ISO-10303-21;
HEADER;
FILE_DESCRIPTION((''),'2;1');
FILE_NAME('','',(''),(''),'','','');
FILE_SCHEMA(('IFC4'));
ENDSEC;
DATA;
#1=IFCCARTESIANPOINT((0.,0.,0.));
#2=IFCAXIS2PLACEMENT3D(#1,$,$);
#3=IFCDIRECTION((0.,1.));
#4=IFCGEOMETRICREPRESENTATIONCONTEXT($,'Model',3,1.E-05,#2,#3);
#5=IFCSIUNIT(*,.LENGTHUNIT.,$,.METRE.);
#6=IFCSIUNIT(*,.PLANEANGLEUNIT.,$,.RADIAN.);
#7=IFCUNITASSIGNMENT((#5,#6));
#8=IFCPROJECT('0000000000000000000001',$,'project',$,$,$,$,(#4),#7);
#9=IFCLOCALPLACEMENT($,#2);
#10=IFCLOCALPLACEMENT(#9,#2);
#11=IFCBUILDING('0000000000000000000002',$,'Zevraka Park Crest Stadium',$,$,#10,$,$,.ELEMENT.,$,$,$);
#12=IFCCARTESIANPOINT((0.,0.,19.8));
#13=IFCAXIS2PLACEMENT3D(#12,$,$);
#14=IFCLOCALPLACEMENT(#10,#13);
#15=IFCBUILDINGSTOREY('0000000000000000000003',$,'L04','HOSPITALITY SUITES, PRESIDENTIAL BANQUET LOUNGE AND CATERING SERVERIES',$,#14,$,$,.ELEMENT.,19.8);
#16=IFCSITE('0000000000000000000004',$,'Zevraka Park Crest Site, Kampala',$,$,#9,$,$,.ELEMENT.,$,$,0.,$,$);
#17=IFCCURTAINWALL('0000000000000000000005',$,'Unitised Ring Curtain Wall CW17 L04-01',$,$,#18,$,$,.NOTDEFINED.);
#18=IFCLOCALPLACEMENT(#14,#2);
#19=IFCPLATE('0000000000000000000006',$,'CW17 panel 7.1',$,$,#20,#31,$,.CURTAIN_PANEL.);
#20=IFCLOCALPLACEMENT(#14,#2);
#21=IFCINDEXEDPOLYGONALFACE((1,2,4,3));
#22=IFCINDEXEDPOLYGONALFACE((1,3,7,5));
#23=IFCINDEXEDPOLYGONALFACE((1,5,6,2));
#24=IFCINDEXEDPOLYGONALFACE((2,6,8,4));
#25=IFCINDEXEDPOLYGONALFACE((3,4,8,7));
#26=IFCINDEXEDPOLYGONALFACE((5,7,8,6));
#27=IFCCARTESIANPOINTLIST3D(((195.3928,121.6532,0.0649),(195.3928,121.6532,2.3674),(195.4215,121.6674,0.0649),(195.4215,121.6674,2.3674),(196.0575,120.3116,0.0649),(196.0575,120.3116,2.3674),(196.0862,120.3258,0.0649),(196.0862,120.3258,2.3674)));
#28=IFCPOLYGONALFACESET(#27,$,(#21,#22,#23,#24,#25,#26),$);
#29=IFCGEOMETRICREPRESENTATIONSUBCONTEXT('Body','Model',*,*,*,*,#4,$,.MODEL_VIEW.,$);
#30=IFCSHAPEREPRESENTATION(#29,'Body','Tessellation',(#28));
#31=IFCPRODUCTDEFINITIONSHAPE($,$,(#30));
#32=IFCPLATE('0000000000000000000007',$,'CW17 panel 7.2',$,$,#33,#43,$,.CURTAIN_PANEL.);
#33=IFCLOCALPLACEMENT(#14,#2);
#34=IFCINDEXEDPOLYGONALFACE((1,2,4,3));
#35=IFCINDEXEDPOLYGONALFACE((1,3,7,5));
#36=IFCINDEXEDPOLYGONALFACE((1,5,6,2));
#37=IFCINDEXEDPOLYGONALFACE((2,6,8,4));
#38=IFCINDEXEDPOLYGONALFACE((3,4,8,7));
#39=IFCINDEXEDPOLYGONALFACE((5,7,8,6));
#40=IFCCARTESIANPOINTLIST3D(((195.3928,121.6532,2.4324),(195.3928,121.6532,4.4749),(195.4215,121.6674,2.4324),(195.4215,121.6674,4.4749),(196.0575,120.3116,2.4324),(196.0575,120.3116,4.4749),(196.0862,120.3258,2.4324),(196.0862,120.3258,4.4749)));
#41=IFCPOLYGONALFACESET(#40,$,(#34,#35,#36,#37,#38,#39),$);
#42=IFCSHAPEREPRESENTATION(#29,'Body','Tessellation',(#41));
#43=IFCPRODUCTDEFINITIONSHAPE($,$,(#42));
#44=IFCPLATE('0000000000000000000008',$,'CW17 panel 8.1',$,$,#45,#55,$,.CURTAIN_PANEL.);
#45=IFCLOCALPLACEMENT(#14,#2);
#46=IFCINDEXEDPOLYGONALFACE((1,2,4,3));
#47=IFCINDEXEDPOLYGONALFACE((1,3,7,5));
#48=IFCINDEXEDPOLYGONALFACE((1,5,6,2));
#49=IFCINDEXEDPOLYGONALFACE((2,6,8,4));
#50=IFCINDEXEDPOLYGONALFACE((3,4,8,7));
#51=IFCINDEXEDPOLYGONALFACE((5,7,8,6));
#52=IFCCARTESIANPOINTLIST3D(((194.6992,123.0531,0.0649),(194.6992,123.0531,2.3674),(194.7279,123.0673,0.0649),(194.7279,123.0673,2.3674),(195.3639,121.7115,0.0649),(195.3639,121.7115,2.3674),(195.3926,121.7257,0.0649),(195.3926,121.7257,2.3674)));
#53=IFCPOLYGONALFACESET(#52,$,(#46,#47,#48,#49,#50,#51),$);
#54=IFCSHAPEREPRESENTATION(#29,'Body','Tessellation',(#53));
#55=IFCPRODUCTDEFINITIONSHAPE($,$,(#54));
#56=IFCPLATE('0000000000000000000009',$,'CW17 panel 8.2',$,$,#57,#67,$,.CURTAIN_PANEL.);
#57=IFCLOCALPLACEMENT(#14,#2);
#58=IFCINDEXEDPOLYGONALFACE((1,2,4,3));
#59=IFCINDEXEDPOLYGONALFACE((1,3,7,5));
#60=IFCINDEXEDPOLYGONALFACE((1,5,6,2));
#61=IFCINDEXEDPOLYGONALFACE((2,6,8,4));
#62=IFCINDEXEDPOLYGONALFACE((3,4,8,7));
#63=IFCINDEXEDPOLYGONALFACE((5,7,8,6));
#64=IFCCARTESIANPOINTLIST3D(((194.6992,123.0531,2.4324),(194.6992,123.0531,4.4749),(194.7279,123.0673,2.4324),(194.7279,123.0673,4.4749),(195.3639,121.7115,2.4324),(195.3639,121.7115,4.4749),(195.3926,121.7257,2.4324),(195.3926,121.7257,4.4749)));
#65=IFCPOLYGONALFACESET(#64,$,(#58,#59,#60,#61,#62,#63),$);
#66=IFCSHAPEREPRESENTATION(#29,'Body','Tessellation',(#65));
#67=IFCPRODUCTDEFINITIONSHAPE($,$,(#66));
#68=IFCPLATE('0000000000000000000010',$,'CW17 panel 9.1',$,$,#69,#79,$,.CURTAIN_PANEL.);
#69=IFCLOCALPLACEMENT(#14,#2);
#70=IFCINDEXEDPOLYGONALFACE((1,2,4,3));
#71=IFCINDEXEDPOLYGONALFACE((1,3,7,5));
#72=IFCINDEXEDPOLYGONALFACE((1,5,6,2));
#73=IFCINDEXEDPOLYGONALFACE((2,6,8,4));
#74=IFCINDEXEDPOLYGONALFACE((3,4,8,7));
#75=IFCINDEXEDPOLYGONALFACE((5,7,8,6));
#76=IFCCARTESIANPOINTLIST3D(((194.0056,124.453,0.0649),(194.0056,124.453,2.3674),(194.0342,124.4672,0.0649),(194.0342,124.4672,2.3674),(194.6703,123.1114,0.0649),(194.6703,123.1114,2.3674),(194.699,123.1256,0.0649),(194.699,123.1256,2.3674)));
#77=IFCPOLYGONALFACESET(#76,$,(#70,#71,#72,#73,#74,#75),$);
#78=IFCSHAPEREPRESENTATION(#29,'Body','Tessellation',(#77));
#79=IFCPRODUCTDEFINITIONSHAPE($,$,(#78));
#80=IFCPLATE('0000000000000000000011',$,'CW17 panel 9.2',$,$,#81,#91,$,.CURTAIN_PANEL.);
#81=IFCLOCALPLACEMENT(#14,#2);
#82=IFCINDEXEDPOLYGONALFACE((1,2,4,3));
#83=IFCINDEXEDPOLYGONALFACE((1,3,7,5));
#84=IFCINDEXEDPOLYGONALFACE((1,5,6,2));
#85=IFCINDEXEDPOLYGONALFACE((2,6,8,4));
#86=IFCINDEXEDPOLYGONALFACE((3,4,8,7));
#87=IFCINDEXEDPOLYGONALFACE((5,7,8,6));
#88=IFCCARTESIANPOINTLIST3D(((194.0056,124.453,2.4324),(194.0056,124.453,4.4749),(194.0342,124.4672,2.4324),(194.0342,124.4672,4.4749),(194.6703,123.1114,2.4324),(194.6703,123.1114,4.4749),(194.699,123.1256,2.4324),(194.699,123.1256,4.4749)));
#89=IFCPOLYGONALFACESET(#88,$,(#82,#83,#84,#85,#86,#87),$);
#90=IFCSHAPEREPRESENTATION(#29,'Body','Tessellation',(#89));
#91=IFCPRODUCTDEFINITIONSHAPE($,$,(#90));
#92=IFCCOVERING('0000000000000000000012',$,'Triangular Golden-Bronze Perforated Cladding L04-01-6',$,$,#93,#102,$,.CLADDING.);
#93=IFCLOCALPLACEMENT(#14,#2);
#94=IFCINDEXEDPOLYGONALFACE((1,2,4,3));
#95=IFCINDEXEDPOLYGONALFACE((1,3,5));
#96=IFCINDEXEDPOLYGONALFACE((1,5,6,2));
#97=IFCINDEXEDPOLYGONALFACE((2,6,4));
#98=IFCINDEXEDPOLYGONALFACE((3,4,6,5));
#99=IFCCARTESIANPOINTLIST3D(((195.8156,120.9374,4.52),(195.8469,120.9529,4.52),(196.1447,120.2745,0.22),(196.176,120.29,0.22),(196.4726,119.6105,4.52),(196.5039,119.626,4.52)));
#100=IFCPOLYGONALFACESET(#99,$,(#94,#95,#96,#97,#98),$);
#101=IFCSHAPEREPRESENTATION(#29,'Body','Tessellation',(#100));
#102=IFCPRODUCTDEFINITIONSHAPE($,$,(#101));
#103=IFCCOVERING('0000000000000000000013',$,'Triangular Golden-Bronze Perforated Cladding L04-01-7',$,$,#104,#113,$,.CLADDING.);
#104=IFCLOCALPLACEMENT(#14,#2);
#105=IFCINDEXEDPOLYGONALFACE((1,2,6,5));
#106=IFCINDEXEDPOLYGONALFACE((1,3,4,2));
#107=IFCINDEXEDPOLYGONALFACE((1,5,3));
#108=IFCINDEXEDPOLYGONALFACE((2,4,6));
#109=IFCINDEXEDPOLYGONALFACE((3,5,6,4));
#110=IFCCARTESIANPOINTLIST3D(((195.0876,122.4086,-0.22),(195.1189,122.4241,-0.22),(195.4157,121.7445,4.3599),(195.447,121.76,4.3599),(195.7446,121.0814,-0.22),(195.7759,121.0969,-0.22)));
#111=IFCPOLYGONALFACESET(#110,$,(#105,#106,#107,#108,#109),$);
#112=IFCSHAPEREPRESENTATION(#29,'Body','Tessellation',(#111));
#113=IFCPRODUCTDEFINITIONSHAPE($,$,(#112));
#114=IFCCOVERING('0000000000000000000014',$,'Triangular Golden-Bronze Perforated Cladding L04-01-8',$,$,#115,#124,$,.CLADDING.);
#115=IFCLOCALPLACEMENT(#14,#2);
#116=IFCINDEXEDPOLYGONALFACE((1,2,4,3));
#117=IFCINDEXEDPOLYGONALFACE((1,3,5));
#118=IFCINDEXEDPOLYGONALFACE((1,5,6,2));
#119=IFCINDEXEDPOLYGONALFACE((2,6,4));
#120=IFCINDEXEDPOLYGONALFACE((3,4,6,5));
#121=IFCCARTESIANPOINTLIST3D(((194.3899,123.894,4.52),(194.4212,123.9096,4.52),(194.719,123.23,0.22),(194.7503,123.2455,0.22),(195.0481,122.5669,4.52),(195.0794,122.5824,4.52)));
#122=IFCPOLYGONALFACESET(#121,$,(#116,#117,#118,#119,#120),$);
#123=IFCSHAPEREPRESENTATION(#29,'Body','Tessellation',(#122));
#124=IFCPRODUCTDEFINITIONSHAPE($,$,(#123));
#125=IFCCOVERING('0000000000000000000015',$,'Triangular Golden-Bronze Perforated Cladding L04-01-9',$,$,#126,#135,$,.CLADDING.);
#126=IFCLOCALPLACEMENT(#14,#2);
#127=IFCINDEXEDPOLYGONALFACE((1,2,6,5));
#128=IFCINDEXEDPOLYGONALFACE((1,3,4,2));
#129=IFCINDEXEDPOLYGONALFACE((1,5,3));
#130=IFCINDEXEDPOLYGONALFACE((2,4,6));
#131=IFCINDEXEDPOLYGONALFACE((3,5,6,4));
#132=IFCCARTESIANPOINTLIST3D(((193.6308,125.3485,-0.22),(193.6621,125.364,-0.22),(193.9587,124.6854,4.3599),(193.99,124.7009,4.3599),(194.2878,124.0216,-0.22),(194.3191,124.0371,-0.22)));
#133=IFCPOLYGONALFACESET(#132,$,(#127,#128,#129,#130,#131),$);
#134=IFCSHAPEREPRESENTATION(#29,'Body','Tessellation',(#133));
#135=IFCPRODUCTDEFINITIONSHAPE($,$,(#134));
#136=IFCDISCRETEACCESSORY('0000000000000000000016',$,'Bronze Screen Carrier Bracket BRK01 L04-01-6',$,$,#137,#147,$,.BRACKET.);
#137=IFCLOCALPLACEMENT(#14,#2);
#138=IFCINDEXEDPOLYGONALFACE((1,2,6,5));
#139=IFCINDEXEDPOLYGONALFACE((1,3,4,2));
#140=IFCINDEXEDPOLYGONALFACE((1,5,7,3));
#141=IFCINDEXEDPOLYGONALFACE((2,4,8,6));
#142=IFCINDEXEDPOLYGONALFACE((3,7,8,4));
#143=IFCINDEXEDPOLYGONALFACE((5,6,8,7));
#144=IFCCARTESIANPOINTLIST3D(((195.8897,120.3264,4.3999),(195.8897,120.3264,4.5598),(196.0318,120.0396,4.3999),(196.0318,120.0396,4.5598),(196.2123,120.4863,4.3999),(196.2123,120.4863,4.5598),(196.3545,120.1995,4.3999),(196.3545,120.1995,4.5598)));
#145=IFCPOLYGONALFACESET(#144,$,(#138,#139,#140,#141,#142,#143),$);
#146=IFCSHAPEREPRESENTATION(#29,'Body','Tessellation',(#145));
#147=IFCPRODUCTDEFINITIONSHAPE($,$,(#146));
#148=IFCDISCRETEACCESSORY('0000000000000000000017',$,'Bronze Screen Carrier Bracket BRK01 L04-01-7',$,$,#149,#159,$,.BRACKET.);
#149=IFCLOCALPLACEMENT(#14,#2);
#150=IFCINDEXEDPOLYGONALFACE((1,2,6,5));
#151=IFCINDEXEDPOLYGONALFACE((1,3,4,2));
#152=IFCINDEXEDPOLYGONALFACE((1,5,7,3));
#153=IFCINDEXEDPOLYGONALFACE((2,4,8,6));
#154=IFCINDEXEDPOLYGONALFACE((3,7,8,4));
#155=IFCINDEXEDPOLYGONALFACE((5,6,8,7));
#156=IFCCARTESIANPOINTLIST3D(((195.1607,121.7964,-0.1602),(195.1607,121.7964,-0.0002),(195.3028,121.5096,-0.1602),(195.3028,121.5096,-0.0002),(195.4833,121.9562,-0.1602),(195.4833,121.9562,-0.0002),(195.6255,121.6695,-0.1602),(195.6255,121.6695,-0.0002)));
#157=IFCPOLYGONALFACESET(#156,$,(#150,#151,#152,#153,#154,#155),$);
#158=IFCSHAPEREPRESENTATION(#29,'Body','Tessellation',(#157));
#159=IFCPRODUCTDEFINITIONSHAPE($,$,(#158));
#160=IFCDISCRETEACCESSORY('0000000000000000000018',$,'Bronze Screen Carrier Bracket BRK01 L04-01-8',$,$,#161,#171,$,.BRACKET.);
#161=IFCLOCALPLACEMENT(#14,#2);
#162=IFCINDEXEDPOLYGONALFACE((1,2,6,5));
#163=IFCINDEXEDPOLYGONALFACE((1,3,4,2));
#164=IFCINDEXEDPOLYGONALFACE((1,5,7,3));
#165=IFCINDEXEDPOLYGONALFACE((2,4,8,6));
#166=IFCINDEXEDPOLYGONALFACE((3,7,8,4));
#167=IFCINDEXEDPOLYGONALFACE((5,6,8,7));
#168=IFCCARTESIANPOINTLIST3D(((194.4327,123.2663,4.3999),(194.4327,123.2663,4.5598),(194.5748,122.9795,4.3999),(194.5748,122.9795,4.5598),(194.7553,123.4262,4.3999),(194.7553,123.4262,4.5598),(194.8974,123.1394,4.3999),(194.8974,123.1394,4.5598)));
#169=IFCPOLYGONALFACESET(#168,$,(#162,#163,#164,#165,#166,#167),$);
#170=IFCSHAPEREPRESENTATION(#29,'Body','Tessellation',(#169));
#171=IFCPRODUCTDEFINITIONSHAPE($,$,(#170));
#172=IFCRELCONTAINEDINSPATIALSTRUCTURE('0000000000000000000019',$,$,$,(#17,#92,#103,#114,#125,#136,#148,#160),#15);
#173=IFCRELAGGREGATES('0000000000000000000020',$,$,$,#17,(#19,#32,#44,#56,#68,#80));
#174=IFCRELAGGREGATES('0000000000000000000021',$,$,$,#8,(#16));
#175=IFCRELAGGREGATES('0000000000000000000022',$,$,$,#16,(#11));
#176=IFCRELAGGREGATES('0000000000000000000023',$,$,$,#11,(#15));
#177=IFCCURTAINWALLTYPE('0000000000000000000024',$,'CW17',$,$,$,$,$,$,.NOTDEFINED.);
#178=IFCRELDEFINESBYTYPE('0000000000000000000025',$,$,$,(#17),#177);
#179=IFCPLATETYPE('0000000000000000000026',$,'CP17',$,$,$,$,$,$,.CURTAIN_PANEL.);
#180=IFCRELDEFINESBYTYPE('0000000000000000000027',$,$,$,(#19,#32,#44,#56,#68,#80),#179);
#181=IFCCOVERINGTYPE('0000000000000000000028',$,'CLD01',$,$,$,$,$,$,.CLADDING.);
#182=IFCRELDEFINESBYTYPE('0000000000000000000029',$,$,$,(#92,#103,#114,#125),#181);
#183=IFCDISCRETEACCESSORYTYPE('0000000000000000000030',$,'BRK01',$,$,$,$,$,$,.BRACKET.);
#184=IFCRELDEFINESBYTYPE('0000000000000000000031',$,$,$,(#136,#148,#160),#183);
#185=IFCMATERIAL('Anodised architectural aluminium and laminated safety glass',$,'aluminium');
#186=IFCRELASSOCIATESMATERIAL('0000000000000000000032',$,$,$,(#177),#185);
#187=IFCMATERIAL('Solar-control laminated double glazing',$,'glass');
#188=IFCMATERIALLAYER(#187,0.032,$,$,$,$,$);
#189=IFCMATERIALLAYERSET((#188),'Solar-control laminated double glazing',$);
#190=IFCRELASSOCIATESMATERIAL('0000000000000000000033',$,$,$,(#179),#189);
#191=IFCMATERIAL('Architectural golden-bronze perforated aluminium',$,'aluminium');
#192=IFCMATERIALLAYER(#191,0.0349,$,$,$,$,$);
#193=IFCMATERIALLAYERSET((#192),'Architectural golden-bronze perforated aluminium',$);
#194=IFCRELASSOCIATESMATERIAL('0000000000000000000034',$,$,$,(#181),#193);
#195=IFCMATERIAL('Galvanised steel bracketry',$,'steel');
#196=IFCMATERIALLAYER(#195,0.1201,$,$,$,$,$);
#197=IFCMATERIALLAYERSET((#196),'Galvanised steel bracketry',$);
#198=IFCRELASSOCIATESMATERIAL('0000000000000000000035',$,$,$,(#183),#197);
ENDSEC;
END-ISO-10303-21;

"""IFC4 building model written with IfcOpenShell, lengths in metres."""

from ifc_helpers import new_model, si_unit, direction, frame, origin, origin_2d, place, context, subcontext, project, spatial, polyline, rectangle, outline, extrude, material, layer, layer_set, type_object, element, aggregate, save


model = new_model("IFC4")

# Units and contexts
model_context = context("Model", 3, precision=1e-05, world=origin(), true_north=direction((0.0, 1.0)))
body_context = subcontext(model_context, "Body", "Model", "MODEL_VIEW")
ifc_project = project(units=[si_unit("LENGTHUNIT", "METRE"), si_unit("PLANEANGLEUNIT", "RADIAN")], contexts=[model_context])

# Site, building, storey
site_placement = place(None, origin())
site = spatial("IfcSite", under=ifc_project, at=site_placement, Name="Zevraka Park Crest Site, Kampala", CompositionType="ELEMENT", RefElevation=0.0)
building_placement = place(site_placement, origin())
building = spatial("IfcBuilding", under=site, at=building_placement, Name="Zevraka Park Crest Stadium", CompositionType="ELEMENT")
storey_placement = place(building_placement, frame((0.0, 0.0, 19.8)))
storey = spatial("IfcBuildingStorey", under=building, at=storey_placement, Name="L04", Description="HOSPITALITY SUITES, PRESIDENTIAL BANQUET LOUNGE AND CATERING SERVERIES", CompositionType="ELEMENT", Elevation=19.8)

# Curtain wall, plates
ifc_material_1 = material(Name="Anodised architectural aluminium and laminated safety glass", Category="aluminium")
curtain_wall_type = type_object("IfcCurtainWallType", Name="CW17", PredefinedType="NOTDEFINED", material=ifc_material_1)
curtain_wall_placement = place(storey_placement, origin())
curtain_wall = element("IfcCurtainWall", 1, at=curtain_wall_placement, inside=storey, type_object=curtain_wall_type, Name="Unitised Ring Curtain Wall CW17 L04-01", PredefinedType="NOTDEFINED")
ifc_material_2 = material(Name="Solar-control laminated double glazing", Category="glass")
ifc_layer_1 = layer(ifc_material_2, 0.032)
ifc_layer_set_1 = layer_set([ifc_layer_1], Name="Solar-control laminated double glazing")
plate_type = type_object("IfcPlateType", Name="CP17", PredefinedType="CURTAIN_PANEL", material=ifc_layer_set_1)
plate_1_placement = place(storey_placement, frame((195.7395, 120.9895, 0.0649), z_axis=(0.0, 0.0, 1.0), x_axis=(-0.443961, 0.896046, 0.0)))
plate_1 = element("IfcPlate", 2, at=plate_1_placement, type_object=plate_type, Name="CW17 panel 7.1", PredefinedType="CURTAIN_PANEL", context=body_context, shape_type="SweptSolid", body=[
    extrude(rectangle(XDim=1.4973, YDim=0.032, at=origin_2d()), origin(), (0.0, 0.0, 1.0), 2.3025),
])
plate_2_placement = place(storey_placement, frame((195.7395, 120.9895, 2.4324), z_axis=(0.0, 0.0, 1.0), x_axis=(-0.443961, 0.896046, 0.0)))
plate_2 = element("IfcPlate", 3, at=plate_2_placement, type_object=plate_type, Name="CW17 panel 7.2", PredefinedType="CURTAIN_PANEL", context=body_context, shape_type="SweptSolid", body=[
    extrude(rectangle(XDim=1.4973, YDim=0.032, at=origin_2d()), origin(), (0.0, 0.0, 1.0), 2.0425),
])
plate_3_placement = place(storey_placement, frame((195.0459, 122.3894, 0.0649), z_axis=(0.0, 0.0, 1.0), x_axis=(-0.443961, 0.896046, 0.0)))
plate_3 = element("IfcPlate", 4, at=plate_3_placement, type_object=plate_type, Name="CW17 panel 8.1", PredefinedType="CURTAIN_PANEL", context=body_context, shape_type="SweptSolid", body=[
    extrude(rectangle(XDim=1.4973, YDim=0.032, at=origin_2d()), origin(), (0.0, 0.0, 1.0), 2.3025),
])
plate_4_placement = place(storey_placement, frame((195.0459, 122.3894, 2.4324), z_axis=(0.0, 0.0, 1.0), x_axis=(-0.443961, 0.896046, 0.0)))
plate_4 = element("IfcPlate", 5, at=plate_4_placement, type_object=plate_type, Name="CW17 panel 8.2", PredefinedType="CURTAIN_PANEL", context=body_context, shape_type="SweptSolid", body=[
    extrude(rectangle(XDim=1.4973, YDim=0.032, at=origin_2d()), origin(), (0.0, 0.0, 1.0), 2.0425),
])
plate_5_placement = place(storey_placement, frame((194.3523, 123.7893, 0.0649), z_axis=(0.0, 0.0, 1.0), x_axis=(-0.443961, 0.896046, 0.0)))
plate_5 = element("IfcPlate", 6, at=plate_5_placement, type_object=plate_type, Name="CW17 panel 9.1", PredefinedType="CURTAIN_PANEL", context=body_context, shape_type="SweptSolid", body=[
    extrude(rectangle(XDim=1.4973, YDim=0.032, at=origin_2d()), origin(), (0.0, 0.0, 1.0), 2.3025),
])
plate_6_placement = place(storey_placement, frame((194.3523, 123.7893, 2.4324), z_axis=(0.0, 0.0, 1.0), x_axis=(-0.443961, 0.896046, 0.0)))
plate_6 = element("IfcPlate", 7, at=plate_6_placement, type_object=plate_type, Name="CW17 panel 9.2", PredefinedType="CURTAIN_PANEL", context=body_context, shape_type="SweptSolid", body=[
    extrude(rectangle(XDim=1.4973, YDim=0.032, at=origin_2d()), origin(), (0.0, 0.0, 1.0), 2.0425),
])
aggregate(curtain_wall, [plate_1, plate_2, plate_3, plate_4, plate_5, plate_6])

# Coverings
ifc_material_3 = material(Name="Architectural golden-bronze perforated aluminium", Category="aluminium")
ifc_layer_2 = layer(ifc_material_3, 0.0349)
ifc_layer_set_2 = layer_set([ifc_layer_2], Name="Architectural golden-bronze perforated aluminium")
covering_type = type_object("IfcCoveringType", Name="CLD01", PredefinedType="CLADDING", material=ifc_layer_set_2)
covering_1_placement = place(storey_placement, frame((195.8469, 120.9529, 4.52), z_axis=(0.896168, 0.443715, 0.00019), x_axis=(0.443715, -0.896168, 0.0)))
element("IfcCovering", 8, at=covering_1_placement, inside=storey, type_object=covering_type, Name="Triangular Golden-Bronze Perforated Cladding L04-01-6", PredefinedType="CLADDING", context=body_context, shape_type="SweptSolid", body=[
    extrude(outline(polyline([(0.0, 0.0), (1.4806, 0.0), (0.74, 4.3), (0.0, 0.0)])), origin(), (0.0, 0.0, -1.0), 0.0349),
])
covering_2_placement = place(storey_placement, frame((195.7759, 121.0969, -0.22), z_axis=(0.896201, 0.443649, 0.000119), x_axis=(-0.443649, 0.896201, 0.0)))
element("IfcCovering", 9, at=covering_2_placement, inside=storey, type_object=covering_type, Name="Triangular Golden-Bronze Perforated Cladding L04-01-7", PredefinedType="CLADDING", context=body_context, shape_type="SweptSolid", body=[
    extrude(outline(polyline([(0.0, 0.0), (1.4809, 0.0), (0.7402, 4.5798), (0.0, 0.0)])), origin(), (0.0, 0.0, -1.0), 0.0349),
])
covering_3_placement = place(storey_placement, frame((194.3899, 123.894, 4.52), z_axis=(-0.895873, -0.444311, 0.00005), x_axis=(0.444311, -0.895873, 0.0)))
element("IfcCovering", 10, at=covering_3_placement, inside=storey, type_object=covering_type, Name="Triangular Golden-Bronze Perforated Cladding L04-01-8", PredefinedType="CLADDING", context=body_context, shape_type="SweptSolid", body=[
    extrude(outline(polyline([(0.0, 0.0), (1.4814, 0.0), (0.7411, -4.3), (0.0, 0.0)])), origin(), (0.0, 0.0, -1.0), 0.0349),
])
covering_4_placement = place(storey_placement, frame((194.3191, 124.0371, -0.22), z_axis=(0.896168, 0.443715, 0.000084), x_axis=(-0.443715, 0.896168, 0.0)))
element("IfcCovering", 11, at=covering_4_placement, inside=storey, type_object=covering_type, Name="Triangular Golden-Bronze Perforated Cladding L04-01-9", PredefinedType="CLADDING", context=body_context, shape_type="SweptSolid", body=[
    extrude(outline(polyline([(0.0, 0.0), (1.4806, 0.0), (0.7409, 4.5798), (0.0, 0.0)])), origin(), (0.0, 0.0, -1.0), 0.0349),
])

# Discrete accessories
ifc_material_4 = material(Name="Galvanised steel bracketry", Category="steel")
ifc_layer_3 = layer(ifc_material_4, 0.1201)
ifc_layer_set_3 = layer_set([ifc_layer_3], Name="Galvanised steel bracketry")
discrete_accessory_type = type_object("IfcDiscreteAccessoryType", Name="BRK01", PredefinedType="BRACKET", material=ifc_layer_set_3)
for number, where, z_axis, x_axis, name in (
    (12, (196.1221, 120.2629, 4.3999), (0.0, 0.0, 1.0), (-0.44401, 0.896022, 0.0), "Bronze Screen Carrier Bracket BRK01 L04-01-6"),
    (13, (195.3931, 121.7329, -0.1602), (0.0, 0.0, 1.0), (-0.44401, 0.896022, 0.0), "Bronze Screen Carrier Bracket BRK01 L04-01-7"),
    (14, (194.665, 123.2029, 4.3999), (0.0, 0.0, 1.0), (-0.44401, 0.896022, 0.0), "Bronze Screen Carrier Bracket BRK01 L04-01-8"),
):
    element("IfcDiscreteAccessory", number, at=place(storey_placement, frame(where, z_axis=z_axis, x_axis=x_axis)), inside=storey, type_object=discrete_accessory_type, Name=name, PredefinedType="BRACKET", context=body_context, shape_type="SweptSolid", body=[
        extrude(rectangle(XDim=0.3201, YDim=0.3601, at=origin_2d()), origin(), (0.0, 0.0, 1.0), 0.1599),
    ])

save(model, "model.ifc")
